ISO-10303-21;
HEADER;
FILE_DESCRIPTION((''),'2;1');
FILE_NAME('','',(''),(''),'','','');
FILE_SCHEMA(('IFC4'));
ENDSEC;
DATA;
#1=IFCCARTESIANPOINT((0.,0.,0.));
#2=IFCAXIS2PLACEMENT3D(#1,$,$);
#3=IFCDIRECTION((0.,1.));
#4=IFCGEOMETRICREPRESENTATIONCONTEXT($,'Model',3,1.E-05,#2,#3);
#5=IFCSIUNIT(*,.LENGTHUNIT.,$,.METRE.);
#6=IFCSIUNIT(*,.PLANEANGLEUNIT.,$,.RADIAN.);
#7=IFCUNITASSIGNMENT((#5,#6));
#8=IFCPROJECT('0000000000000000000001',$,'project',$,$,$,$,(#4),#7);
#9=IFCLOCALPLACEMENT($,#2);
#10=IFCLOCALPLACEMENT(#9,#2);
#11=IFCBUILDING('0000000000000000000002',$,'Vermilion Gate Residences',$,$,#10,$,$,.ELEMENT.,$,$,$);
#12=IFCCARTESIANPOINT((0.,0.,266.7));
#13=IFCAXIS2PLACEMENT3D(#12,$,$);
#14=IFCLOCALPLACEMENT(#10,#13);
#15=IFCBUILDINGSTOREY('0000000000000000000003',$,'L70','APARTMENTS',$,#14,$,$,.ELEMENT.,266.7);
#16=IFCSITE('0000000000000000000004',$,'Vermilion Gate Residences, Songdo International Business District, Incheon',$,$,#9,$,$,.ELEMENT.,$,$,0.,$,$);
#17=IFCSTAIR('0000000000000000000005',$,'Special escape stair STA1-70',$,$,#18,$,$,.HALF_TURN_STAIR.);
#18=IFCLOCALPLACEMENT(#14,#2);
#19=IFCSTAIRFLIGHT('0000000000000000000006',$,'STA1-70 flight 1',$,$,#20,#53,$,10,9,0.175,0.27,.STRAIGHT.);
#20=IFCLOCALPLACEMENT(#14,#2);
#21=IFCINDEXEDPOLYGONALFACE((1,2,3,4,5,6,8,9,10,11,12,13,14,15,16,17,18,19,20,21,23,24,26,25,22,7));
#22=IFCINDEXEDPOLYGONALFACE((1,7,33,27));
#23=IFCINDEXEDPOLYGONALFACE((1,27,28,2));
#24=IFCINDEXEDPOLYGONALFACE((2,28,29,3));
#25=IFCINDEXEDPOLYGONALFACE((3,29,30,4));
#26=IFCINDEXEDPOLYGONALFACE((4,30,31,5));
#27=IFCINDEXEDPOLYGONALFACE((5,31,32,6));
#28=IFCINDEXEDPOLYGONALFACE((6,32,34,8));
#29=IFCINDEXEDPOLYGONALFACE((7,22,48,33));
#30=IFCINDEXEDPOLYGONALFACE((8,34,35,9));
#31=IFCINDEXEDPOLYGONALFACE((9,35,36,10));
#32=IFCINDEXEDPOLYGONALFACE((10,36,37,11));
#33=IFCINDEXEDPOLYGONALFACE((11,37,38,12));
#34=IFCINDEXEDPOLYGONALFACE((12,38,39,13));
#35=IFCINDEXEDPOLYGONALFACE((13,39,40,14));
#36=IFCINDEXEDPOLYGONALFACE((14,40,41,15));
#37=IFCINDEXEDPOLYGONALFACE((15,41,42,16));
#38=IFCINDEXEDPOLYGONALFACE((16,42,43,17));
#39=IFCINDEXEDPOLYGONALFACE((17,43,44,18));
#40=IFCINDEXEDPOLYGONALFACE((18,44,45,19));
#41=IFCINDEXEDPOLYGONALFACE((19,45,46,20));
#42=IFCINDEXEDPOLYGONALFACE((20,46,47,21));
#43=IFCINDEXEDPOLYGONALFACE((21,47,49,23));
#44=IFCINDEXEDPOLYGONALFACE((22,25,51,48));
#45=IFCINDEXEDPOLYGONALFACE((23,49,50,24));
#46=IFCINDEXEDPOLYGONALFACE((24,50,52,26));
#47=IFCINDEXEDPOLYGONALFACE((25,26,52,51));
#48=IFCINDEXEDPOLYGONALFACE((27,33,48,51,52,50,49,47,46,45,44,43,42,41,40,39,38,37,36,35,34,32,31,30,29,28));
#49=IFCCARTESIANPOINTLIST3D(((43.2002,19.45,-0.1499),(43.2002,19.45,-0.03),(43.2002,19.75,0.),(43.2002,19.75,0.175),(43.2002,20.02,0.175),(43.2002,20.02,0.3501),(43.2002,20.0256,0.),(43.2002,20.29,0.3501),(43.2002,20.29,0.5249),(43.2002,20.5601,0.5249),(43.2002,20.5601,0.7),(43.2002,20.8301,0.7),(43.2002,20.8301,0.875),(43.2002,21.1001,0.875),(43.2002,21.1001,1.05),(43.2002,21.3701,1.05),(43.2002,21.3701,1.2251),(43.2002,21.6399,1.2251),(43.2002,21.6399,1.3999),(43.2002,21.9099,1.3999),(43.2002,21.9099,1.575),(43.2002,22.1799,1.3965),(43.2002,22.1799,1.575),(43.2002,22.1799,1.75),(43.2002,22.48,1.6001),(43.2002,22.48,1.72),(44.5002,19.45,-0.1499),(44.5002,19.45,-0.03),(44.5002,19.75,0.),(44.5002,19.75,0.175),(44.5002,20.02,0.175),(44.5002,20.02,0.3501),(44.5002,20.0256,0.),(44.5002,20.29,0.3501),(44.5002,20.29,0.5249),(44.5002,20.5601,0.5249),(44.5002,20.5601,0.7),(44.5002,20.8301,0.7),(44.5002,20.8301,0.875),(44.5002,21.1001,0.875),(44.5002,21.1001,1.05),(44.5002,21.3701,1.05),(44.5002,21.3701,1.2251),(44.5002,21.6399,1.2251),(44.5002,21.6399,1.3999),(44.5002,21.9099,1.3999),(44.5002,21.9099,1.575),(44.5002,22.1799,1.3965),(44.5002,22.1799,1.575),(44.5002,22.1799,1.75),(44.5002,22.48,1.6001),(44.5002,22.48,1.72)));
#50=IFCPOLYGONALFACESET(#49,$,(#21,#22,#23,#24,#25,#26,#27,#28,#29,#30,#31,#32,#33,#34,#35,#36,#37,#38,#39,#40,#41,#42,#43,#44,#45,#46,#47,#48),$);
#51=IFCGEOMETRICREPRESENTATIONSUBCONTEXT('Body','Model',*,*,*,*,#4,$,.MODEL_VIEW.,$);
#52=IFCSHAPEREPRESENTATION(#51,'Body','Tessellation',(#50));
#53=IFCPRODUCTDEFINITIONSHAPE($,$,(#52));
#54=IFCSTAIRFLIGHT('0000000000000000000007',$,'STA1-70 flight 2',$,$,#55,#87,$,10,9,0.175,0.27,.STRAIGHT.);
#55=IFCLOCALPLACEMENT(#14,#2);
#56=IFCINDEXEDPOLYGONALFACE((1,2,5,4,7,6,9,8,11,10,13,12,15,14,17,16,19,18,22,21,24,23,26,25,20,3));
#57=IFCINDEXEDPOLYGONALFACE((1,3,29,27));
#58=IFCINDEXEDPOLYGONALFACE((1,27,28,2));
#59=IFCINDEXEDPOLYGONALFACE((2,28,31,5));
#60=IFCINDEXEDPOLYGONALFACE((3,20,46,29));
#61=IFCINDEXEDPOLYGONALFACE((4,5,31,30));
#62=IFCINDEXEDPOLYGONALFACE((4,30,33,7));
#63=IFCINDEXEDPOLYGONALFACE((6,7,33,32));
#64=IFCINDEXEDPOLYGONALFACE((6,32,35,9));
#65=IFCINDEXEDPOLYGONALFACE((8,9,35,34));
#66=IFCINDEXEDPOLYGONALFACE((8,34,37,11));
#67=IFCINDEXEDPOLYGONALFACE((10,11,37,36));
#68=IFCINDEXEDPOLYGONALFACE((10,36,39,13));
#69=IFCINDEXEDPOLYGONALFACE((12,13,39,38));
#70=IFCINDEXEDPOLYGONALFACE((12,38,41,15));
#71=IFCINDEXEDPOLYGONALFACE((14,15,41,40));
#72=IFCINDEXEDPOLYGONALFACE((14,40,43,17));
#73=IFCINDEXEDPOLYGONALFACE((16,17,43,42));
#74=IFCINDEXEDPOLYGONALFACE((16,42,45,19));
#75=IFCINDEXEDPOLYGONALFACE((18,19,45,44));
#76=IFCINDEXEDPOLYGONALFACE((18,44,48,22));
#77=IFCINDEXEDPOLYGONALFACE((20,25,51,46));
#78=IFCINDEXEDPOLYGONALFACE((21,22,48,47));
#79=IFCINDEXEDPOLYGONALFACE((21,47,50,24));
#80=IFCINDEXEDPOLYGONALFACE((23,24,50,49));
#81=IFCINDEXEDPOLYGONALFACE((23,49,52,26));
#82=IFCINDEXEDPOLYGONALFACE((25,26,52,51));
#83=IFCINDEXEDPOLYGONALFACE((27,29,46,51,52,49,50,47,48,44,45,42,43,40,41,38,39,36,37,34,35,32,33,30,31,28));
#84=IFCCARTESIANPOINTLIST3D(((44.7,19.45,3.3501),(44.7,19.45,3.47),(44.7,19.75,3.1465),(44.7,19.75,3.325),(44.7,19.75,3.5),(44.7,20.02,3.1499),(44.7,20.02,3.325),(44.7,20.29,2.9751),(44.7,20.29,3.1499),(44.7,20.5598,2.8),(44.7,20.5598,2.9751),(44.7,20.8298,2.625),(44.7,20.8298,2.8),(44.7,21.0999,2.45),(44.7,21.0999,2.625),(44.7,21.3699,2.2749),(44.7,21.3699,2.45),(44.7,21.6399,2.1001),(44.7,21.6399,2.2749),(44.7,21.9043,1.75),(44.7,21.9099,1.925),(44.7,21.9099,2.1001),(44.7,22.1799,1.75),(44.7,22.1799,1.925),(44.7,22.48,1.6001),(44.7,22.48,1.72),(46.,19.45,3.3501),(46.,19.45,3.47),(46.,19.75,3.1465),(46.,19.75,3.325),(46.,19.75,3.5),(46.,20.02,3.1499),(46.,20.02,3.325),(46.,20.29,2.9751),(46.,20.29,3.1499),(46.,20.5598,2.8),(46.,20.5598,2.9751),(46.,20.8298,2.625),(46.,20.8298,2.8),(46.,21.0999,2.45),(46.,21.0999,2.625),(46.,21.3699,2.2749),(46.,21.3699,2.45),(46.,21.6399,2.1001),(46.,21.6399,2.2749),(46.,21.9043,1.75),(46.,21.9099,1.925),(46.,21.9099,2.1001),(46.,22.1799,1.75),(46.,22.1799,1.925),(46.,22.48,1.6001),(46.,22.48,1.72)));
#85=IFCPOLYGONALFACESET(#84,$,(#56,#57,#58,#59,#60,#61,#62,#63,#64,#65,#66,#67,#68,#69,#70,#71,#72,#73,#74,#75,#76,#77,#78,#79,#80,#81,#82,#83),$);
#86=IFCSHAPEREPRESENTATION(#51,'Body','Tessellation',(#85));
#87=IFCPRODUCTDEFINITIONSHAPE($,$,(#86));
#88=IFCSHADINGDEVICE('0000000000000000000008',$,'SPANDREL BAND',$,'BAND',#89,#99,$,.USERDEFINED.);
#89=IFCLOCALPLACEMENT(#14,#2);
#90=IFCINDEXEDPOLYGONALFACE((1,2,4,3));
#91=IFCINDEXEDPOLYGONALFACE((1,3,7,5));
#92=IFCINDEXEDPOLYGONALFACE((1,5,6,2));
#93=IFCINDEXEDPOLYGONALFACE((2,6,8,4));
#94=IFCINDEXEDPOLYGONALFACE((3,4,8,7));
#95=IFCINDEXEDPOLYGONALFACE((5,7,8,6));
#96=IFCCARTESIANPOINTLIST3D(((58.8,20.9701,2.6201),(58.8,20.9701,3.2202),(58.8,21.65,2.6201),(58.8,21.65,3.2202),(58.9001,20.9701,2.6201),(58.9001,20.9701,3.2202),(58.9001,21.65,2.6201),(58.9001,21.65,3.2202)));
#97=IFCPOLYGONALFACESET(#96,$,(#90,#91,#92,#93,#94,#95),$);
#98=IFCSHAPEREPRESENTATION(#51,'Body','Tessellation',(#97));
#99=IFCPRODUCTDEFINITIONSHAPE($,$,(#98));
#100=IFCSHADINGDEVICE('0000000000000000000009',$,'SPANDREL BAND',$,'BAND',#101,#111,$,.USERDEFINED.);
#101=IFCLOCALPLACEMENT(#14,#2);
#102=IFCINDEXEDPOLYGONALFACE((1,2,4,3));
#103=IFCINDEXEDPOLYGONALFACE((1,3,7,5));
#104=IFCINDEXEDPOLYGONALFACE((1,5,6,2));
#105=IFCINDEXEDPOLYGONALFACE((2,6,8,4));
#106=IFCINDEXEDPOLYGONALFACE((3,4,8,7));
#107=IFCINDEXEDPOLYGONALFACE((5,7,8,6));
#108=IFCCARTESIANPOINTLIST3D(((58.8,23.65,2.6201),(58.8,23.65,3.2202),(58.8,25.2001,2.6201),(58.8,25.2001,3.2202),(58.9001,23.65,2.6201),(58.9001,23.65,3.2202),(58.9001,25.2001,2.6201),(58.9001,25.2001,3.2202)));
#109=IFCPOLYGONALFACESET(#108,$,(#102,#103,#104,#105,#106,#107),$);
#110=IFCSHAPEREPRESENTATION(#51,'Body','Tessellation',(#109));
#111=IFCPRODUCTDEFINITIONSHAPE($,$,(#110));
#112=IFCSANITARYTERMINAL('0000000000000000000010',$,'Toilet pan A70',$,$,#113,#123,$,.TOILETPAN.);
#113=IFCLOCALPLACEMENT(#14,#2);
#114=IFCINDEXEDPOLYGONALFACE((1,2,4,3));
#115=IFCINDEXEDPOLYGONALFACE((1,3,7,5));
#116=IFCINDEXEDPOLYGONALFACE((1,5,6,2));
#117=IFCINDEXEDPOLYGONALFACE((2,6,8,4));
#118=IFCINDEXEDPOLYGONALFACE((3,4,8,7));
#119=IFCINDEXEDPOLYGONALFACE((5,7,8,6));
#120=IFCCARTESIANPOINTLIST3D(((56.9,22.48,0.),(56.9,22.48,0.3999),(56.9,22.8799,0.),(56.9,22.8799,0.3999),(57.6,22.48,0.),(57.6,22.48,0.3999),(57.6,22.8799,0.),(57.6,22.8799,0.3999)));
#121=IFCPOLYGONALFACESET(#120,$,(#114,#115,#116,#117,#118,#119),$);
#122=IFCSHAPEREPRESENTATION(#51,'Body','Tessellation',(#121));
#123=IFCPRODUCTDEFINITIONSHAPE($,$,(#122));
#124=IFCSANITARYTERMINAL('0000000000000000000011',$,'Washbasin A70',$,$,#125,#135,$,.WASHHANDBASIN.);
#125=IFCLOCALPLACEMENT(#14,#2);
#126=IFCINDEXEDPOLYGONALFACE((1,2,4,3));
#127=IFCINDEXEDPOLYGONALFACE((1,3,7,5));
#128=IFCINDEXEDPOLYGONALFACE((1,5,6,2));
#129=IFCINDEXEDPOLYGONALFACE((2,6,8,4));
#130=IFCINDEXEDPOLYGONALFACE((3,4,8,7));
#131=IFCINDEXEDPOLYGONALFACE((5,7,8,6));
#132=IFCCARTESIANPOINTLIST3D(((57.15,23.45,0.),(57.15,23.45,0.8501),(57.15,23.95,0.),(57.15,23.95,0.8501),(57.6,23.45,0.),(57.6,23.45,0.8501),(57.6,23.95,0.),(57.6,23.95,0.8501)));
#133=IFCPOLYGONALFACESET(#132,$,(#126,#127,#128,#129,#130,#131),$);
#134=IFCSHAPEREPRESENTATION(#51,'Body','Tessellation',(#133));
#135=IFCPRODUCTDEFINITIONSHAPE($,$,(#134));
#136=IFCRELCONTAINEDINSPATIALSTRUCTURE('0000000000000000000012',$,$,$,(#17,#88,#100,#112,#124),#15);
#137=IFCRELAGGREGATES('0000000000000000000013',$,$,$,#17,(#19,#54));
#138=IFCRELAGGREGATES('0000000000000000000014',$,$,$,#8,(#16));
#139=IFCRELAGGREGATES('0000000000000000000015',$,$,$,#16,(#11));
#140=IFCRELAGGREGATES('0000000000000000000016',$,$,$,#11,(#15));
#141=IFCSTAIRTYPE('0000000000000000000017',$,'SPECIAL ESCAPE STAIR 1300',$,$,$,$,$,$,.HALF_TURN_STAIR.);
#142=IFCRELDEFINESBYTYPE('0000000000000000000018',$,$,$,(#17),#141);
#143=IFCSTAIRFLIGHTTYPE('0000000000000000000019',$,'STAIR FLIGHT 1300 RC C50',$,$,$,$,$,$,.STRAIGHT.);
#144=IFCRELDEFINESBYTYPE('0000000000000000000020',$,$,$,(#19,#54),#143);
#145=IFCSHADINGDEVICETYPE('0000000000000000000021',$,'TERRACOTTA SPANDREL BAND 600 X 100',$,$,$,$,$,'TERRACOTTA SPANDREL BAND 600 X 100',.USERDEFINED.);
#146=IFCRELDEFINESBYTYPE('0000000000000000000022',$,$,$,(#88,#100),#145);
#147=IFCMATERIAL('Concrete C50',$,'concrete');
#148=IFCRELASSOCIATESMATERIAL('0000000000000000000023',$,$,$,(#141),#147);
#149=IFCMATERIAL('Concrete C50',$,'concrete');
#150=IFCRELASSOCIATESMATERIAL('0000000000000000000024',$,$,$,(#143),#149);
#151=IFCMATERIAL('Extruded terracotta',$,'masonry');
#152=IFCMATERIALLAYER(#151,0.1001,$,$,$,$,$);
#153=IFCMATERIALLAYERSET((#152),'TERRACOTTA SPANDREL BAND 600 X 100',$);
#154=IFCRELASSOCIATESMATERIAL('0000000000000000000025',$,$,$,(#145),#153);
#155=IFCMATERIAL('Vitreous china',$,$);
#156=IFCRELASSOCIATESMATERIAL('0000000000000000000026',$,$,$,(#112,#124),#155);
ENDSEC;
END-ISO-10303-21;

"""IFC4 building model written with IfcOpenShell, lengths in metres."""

from ifc_helpers import new_model, si_unit, direction, frame, origin, origin_2d, place, context, subcontext, project, spatial, polyline, rectangle, outline, extrude, material, layer, layer_set, type_object, element, aggregate, save


model = new_model("IFC4")

# Units and contexts
model_context = context("Model", 3, precision=1e-05, world=origin(), true_north=direction((0.0, 1.0)))
body_context = subcontext(model_context, "Body", "Model", "MODEL_VIEW")
ifc_project = project(units=[si_unit("LENGTHUNIT", "METRE"), si_unit("PLANEANGLEUNIT", "RADIAN")], contexts=[model_context])

# Site, building, storey
site_placement = place(None, origin())
site = spatial("IfcSite", under=ifc_project, at=site_placement, Name="Vermilion Gate Residences, Songdo International Business District, Incheon", CompositionType="ELEMENT", RefElevation=0.0)
building_placement = place(site_placement, origin())
building = spatial("IfcBuilding", under=site, at=building_placement, Name="Vermilion Gate Residences", CompositionType="ELEMENT")
storey_placement = place(building_placement, frame((0.0, 0.0, 266.7)))
storey = spatial("IfcBuildingStorey", under=building, at=storey_placement, Name="L70", Description="APARTMENTS", CompositionType="ELEMENT", Elevation=266.7)

# Stair, stair flights
ifc_material_1 = material(Name="Concrete C50", Category="concrete")
stair_type = type_object("IfcStairType", Name="SPECIAL ESCAPE STAIR 1300", PredefinedType="HALF_TURN_STAIR", material=ifc_material_1)
stair_placement = place(storey_placement, origin())
stair = element("IfcStair", 1, at=stair_placement, inside=storey, type_object=stair_type, Name="Special escape stair STA1-70", PredefinedType="HALF_TURN_STAIR")
ifc_material_2 = material(Name="Concrete C50", Category="concrete")
stair_flight_type = type_object("IfcStairFlightType", Name="STAIR FLIGHT 1300 RC C50", PredefinedType="STRAIGHT", material=ifc_material_2)
stair_flight_1_placement = place(storey_placement, frame((43.8501, 19.75, 0.0), z_axis=(0.0, 0.0, 1.0), x_axis=(0.0, 1.0, 0.0)))
stair_flight_1 = element("IfcStairFlight", 2, at=stair_flight_1_placement, type_object=stair_flight_type, Name="STA1-70 flight 1", NumberOfRisers=10, NumberOfTreads=9, PredefinedType="STRAIGHT", RiserHeight=0.175, TreadLength=0.27, context=body_context, shape_type="SweptSolid", body=[
    extrude(outline(polyline([(-0.3, -0.1499), (-0.3, -0.03), (0.0, 0.0), (0.0, 0.175), (0.27, 0.175), (0.27, 0.3501), (0.54, 0.3501), (0.54, 0.5249), (0.8101, 0.5249), (0.8101, 0.7), (1.0801, 0.7), (1.0801, 0.875), (1.3501, 0.875), (1.3501, 1.05), (1.6201, 1.05), (1.6201, 1.2251), (1.8899, 1.2251), (1.8899, 1.3999), (2.1599, 1.3999), (2.1599, 1.575), (2.4299, 1.575), (2.4299, 1.75), (2.73, 1.72), (2.73, 1.6001), (2.4299, 1.3965), (0.2756, 0.0), (-0.3, -0.1499)])), frame((0.0, 0.6499, 0.0), z_axis=(0.0, -1.0, 0.0), x_axis=(1.0, 0.0, 0.0)), (0.0, 0.0, 1.0), 1.3),
])
stair_flight_2_placement = place(storey_placement, frame((45.3501, 22.1799, 1.75), z_axis=(0.0, 0.0, 1.0), x_axis=(0.0, -1.0, 0.0)))
stair_flight_2 = element("IfcStairFlight", 3, at=stair_flight_2_placement, type_object=stair_flight_type, Name="STA1-70 flight 2", NumberOfRisers=10, NumberOfTreads=9, PredefinedType="STRAIGHT", RiserHeight=0.175, TreadLength=0.27, context=body_context, shape_type="SweptSolid", body=[
    extrude(outline(polyline([(-0.3, -0.1499), (-0.3, -0.03), (0.0, 0.0), (0.0, 0.175), (0.27, 0.175), (0.27, 0.3501), (0.54, 0.3501), (0.54, 0.5249), (0.8101, 0.5249), (0.8101, 0.7), (1.0801, 0.7), (1.0801, 0.875), (1.3501, 0.875), (1.3501, 1.05), (1.6201, 1.05), (1.6201, 1.2251), (1.8899, 1.2251), (1.8899, 1.3999), (2.1599, 1.3999), (2.1599, 1.575), (2.4299, 1.575), (2.4299, 1.75), (2.73, 1.72), (2.73, 1.6001), (2.4299, 1.3965), (0.2756, 0.0), (-0.3, -0.1499)])), frame((0.0, 0.6499, 0.0), z_axis=(0.0, -1.0, 0.0), x_axis=(1.0, 0.0, 0.0)), (0.0, 0.0, 1.0), 1.3),
])
aggregate(stair, [stair_flight_1, stair_flight_2])

# Shading devices
ifc_material_3 = material(Name="Extruded terracotta", Category="masonry")
ifc_layer_1 = layer(ifc_material_3, 0.1001)
ifc_layer_set_1 = layer_set([ifc_layer_1], Name="TERRACOTTA SPANDREL BAND 600 X 100")
shading_device_type = type_object("IfcShadingDeviceType", Name="TERRACOTTA SPANDREL BAND 600 X 100", ElementType="TERRACOTTA SPANDREL BAND 600 X 100", PredefinedType="USERDEFINED", material=ifc_layer_set_1)
shading_device_1_placement = place(storey_placement, frame((58.8501, 21.3101, 2.6201), z_axis=(0.0, 0.0, 1.0), x_axis=(0.0, 1.0, 0.0)))
element("IfcShadingDevice", 4, at=shading_device_1_placement, inside=storey, type_object=shading_device_type, Name="SPANDREL BAND", ObjectType="BAND", PredefinedType="USERDEFINED", context=body_context, shape_type="SweptSolid", body=[
    extrude(rectangle(XDim=0.6799, YDim=0.1001, at=origin_2d()), origin(), (0.0, 0.0, 1.0), 0.6001),
])
shading_device_2_placement = place(storey_placement, frame((58.8501, 24.425, 2.6201), z_axis=(0.0, 0.0, 1.0), x_axis=(0.0, 1.0, 0.0)))
element("IfcShadingDevice", 5, at=shading_device_2_placement, inside=storey, type_object=shading_device_type, Name="SPANDREL BAND", ObjectType="BAND", PredefinedType="USERDEFINED", context=body_context, shape_type="SweptSolid", body=[
    extrude(rectangle(XDim=1.55, YDim=0.1001, at=origin_2d()), origin(), (0.0, 0.0, 1.0), 0.6001),
])

# Sanitary terminals
ifc_material_4 = material(Name="Vitreous china")
sanitary_terminal_1_placement = place(storey_placement, frame((57.25, 22.6799, 0.0), z_axis=(0.0, 0.0, 1.0), x_axis=(1.0, 0.0, 0.0)))
element("IfcSanitaryTerminal", 6, at=sanitary_terminal_1_placement, inside=storey, material=ifc_material_4, Name="Toilet pan A70", PredefinedType="TOILETPAN", context=body_context, shape_type="SweptSolid", body=[
    extrude(rectangle(XDim=0.7, YDim=0.3999, at=origin_2d()), origin(), (0.0, 0.0, 1.0), 0.3999),
])
sanitary_terminal_2_placement = place(storey_placement, frame((57.375, 23.7, 0.0), z_axis=(0.0, 0.0, 1.0), x_axis=(1.0, 0.0, 0.0)))
element("IfcSanitaryTerminal", 7, at=sanitary_terminal_2_placement, inside=storey, material=ifc_material_4, Name="Washbasin A70", PredefinedType="WASHHANDBASIN", context=body_context, shape_type="SweptSolid", body=[
    extrude(rectangle(XDim=0.45, YDim=0.5, at=origin_2d()), origin(), (0.0, 0.0, 1.0), 0.8501),
])

save(model, "model.ifc")
